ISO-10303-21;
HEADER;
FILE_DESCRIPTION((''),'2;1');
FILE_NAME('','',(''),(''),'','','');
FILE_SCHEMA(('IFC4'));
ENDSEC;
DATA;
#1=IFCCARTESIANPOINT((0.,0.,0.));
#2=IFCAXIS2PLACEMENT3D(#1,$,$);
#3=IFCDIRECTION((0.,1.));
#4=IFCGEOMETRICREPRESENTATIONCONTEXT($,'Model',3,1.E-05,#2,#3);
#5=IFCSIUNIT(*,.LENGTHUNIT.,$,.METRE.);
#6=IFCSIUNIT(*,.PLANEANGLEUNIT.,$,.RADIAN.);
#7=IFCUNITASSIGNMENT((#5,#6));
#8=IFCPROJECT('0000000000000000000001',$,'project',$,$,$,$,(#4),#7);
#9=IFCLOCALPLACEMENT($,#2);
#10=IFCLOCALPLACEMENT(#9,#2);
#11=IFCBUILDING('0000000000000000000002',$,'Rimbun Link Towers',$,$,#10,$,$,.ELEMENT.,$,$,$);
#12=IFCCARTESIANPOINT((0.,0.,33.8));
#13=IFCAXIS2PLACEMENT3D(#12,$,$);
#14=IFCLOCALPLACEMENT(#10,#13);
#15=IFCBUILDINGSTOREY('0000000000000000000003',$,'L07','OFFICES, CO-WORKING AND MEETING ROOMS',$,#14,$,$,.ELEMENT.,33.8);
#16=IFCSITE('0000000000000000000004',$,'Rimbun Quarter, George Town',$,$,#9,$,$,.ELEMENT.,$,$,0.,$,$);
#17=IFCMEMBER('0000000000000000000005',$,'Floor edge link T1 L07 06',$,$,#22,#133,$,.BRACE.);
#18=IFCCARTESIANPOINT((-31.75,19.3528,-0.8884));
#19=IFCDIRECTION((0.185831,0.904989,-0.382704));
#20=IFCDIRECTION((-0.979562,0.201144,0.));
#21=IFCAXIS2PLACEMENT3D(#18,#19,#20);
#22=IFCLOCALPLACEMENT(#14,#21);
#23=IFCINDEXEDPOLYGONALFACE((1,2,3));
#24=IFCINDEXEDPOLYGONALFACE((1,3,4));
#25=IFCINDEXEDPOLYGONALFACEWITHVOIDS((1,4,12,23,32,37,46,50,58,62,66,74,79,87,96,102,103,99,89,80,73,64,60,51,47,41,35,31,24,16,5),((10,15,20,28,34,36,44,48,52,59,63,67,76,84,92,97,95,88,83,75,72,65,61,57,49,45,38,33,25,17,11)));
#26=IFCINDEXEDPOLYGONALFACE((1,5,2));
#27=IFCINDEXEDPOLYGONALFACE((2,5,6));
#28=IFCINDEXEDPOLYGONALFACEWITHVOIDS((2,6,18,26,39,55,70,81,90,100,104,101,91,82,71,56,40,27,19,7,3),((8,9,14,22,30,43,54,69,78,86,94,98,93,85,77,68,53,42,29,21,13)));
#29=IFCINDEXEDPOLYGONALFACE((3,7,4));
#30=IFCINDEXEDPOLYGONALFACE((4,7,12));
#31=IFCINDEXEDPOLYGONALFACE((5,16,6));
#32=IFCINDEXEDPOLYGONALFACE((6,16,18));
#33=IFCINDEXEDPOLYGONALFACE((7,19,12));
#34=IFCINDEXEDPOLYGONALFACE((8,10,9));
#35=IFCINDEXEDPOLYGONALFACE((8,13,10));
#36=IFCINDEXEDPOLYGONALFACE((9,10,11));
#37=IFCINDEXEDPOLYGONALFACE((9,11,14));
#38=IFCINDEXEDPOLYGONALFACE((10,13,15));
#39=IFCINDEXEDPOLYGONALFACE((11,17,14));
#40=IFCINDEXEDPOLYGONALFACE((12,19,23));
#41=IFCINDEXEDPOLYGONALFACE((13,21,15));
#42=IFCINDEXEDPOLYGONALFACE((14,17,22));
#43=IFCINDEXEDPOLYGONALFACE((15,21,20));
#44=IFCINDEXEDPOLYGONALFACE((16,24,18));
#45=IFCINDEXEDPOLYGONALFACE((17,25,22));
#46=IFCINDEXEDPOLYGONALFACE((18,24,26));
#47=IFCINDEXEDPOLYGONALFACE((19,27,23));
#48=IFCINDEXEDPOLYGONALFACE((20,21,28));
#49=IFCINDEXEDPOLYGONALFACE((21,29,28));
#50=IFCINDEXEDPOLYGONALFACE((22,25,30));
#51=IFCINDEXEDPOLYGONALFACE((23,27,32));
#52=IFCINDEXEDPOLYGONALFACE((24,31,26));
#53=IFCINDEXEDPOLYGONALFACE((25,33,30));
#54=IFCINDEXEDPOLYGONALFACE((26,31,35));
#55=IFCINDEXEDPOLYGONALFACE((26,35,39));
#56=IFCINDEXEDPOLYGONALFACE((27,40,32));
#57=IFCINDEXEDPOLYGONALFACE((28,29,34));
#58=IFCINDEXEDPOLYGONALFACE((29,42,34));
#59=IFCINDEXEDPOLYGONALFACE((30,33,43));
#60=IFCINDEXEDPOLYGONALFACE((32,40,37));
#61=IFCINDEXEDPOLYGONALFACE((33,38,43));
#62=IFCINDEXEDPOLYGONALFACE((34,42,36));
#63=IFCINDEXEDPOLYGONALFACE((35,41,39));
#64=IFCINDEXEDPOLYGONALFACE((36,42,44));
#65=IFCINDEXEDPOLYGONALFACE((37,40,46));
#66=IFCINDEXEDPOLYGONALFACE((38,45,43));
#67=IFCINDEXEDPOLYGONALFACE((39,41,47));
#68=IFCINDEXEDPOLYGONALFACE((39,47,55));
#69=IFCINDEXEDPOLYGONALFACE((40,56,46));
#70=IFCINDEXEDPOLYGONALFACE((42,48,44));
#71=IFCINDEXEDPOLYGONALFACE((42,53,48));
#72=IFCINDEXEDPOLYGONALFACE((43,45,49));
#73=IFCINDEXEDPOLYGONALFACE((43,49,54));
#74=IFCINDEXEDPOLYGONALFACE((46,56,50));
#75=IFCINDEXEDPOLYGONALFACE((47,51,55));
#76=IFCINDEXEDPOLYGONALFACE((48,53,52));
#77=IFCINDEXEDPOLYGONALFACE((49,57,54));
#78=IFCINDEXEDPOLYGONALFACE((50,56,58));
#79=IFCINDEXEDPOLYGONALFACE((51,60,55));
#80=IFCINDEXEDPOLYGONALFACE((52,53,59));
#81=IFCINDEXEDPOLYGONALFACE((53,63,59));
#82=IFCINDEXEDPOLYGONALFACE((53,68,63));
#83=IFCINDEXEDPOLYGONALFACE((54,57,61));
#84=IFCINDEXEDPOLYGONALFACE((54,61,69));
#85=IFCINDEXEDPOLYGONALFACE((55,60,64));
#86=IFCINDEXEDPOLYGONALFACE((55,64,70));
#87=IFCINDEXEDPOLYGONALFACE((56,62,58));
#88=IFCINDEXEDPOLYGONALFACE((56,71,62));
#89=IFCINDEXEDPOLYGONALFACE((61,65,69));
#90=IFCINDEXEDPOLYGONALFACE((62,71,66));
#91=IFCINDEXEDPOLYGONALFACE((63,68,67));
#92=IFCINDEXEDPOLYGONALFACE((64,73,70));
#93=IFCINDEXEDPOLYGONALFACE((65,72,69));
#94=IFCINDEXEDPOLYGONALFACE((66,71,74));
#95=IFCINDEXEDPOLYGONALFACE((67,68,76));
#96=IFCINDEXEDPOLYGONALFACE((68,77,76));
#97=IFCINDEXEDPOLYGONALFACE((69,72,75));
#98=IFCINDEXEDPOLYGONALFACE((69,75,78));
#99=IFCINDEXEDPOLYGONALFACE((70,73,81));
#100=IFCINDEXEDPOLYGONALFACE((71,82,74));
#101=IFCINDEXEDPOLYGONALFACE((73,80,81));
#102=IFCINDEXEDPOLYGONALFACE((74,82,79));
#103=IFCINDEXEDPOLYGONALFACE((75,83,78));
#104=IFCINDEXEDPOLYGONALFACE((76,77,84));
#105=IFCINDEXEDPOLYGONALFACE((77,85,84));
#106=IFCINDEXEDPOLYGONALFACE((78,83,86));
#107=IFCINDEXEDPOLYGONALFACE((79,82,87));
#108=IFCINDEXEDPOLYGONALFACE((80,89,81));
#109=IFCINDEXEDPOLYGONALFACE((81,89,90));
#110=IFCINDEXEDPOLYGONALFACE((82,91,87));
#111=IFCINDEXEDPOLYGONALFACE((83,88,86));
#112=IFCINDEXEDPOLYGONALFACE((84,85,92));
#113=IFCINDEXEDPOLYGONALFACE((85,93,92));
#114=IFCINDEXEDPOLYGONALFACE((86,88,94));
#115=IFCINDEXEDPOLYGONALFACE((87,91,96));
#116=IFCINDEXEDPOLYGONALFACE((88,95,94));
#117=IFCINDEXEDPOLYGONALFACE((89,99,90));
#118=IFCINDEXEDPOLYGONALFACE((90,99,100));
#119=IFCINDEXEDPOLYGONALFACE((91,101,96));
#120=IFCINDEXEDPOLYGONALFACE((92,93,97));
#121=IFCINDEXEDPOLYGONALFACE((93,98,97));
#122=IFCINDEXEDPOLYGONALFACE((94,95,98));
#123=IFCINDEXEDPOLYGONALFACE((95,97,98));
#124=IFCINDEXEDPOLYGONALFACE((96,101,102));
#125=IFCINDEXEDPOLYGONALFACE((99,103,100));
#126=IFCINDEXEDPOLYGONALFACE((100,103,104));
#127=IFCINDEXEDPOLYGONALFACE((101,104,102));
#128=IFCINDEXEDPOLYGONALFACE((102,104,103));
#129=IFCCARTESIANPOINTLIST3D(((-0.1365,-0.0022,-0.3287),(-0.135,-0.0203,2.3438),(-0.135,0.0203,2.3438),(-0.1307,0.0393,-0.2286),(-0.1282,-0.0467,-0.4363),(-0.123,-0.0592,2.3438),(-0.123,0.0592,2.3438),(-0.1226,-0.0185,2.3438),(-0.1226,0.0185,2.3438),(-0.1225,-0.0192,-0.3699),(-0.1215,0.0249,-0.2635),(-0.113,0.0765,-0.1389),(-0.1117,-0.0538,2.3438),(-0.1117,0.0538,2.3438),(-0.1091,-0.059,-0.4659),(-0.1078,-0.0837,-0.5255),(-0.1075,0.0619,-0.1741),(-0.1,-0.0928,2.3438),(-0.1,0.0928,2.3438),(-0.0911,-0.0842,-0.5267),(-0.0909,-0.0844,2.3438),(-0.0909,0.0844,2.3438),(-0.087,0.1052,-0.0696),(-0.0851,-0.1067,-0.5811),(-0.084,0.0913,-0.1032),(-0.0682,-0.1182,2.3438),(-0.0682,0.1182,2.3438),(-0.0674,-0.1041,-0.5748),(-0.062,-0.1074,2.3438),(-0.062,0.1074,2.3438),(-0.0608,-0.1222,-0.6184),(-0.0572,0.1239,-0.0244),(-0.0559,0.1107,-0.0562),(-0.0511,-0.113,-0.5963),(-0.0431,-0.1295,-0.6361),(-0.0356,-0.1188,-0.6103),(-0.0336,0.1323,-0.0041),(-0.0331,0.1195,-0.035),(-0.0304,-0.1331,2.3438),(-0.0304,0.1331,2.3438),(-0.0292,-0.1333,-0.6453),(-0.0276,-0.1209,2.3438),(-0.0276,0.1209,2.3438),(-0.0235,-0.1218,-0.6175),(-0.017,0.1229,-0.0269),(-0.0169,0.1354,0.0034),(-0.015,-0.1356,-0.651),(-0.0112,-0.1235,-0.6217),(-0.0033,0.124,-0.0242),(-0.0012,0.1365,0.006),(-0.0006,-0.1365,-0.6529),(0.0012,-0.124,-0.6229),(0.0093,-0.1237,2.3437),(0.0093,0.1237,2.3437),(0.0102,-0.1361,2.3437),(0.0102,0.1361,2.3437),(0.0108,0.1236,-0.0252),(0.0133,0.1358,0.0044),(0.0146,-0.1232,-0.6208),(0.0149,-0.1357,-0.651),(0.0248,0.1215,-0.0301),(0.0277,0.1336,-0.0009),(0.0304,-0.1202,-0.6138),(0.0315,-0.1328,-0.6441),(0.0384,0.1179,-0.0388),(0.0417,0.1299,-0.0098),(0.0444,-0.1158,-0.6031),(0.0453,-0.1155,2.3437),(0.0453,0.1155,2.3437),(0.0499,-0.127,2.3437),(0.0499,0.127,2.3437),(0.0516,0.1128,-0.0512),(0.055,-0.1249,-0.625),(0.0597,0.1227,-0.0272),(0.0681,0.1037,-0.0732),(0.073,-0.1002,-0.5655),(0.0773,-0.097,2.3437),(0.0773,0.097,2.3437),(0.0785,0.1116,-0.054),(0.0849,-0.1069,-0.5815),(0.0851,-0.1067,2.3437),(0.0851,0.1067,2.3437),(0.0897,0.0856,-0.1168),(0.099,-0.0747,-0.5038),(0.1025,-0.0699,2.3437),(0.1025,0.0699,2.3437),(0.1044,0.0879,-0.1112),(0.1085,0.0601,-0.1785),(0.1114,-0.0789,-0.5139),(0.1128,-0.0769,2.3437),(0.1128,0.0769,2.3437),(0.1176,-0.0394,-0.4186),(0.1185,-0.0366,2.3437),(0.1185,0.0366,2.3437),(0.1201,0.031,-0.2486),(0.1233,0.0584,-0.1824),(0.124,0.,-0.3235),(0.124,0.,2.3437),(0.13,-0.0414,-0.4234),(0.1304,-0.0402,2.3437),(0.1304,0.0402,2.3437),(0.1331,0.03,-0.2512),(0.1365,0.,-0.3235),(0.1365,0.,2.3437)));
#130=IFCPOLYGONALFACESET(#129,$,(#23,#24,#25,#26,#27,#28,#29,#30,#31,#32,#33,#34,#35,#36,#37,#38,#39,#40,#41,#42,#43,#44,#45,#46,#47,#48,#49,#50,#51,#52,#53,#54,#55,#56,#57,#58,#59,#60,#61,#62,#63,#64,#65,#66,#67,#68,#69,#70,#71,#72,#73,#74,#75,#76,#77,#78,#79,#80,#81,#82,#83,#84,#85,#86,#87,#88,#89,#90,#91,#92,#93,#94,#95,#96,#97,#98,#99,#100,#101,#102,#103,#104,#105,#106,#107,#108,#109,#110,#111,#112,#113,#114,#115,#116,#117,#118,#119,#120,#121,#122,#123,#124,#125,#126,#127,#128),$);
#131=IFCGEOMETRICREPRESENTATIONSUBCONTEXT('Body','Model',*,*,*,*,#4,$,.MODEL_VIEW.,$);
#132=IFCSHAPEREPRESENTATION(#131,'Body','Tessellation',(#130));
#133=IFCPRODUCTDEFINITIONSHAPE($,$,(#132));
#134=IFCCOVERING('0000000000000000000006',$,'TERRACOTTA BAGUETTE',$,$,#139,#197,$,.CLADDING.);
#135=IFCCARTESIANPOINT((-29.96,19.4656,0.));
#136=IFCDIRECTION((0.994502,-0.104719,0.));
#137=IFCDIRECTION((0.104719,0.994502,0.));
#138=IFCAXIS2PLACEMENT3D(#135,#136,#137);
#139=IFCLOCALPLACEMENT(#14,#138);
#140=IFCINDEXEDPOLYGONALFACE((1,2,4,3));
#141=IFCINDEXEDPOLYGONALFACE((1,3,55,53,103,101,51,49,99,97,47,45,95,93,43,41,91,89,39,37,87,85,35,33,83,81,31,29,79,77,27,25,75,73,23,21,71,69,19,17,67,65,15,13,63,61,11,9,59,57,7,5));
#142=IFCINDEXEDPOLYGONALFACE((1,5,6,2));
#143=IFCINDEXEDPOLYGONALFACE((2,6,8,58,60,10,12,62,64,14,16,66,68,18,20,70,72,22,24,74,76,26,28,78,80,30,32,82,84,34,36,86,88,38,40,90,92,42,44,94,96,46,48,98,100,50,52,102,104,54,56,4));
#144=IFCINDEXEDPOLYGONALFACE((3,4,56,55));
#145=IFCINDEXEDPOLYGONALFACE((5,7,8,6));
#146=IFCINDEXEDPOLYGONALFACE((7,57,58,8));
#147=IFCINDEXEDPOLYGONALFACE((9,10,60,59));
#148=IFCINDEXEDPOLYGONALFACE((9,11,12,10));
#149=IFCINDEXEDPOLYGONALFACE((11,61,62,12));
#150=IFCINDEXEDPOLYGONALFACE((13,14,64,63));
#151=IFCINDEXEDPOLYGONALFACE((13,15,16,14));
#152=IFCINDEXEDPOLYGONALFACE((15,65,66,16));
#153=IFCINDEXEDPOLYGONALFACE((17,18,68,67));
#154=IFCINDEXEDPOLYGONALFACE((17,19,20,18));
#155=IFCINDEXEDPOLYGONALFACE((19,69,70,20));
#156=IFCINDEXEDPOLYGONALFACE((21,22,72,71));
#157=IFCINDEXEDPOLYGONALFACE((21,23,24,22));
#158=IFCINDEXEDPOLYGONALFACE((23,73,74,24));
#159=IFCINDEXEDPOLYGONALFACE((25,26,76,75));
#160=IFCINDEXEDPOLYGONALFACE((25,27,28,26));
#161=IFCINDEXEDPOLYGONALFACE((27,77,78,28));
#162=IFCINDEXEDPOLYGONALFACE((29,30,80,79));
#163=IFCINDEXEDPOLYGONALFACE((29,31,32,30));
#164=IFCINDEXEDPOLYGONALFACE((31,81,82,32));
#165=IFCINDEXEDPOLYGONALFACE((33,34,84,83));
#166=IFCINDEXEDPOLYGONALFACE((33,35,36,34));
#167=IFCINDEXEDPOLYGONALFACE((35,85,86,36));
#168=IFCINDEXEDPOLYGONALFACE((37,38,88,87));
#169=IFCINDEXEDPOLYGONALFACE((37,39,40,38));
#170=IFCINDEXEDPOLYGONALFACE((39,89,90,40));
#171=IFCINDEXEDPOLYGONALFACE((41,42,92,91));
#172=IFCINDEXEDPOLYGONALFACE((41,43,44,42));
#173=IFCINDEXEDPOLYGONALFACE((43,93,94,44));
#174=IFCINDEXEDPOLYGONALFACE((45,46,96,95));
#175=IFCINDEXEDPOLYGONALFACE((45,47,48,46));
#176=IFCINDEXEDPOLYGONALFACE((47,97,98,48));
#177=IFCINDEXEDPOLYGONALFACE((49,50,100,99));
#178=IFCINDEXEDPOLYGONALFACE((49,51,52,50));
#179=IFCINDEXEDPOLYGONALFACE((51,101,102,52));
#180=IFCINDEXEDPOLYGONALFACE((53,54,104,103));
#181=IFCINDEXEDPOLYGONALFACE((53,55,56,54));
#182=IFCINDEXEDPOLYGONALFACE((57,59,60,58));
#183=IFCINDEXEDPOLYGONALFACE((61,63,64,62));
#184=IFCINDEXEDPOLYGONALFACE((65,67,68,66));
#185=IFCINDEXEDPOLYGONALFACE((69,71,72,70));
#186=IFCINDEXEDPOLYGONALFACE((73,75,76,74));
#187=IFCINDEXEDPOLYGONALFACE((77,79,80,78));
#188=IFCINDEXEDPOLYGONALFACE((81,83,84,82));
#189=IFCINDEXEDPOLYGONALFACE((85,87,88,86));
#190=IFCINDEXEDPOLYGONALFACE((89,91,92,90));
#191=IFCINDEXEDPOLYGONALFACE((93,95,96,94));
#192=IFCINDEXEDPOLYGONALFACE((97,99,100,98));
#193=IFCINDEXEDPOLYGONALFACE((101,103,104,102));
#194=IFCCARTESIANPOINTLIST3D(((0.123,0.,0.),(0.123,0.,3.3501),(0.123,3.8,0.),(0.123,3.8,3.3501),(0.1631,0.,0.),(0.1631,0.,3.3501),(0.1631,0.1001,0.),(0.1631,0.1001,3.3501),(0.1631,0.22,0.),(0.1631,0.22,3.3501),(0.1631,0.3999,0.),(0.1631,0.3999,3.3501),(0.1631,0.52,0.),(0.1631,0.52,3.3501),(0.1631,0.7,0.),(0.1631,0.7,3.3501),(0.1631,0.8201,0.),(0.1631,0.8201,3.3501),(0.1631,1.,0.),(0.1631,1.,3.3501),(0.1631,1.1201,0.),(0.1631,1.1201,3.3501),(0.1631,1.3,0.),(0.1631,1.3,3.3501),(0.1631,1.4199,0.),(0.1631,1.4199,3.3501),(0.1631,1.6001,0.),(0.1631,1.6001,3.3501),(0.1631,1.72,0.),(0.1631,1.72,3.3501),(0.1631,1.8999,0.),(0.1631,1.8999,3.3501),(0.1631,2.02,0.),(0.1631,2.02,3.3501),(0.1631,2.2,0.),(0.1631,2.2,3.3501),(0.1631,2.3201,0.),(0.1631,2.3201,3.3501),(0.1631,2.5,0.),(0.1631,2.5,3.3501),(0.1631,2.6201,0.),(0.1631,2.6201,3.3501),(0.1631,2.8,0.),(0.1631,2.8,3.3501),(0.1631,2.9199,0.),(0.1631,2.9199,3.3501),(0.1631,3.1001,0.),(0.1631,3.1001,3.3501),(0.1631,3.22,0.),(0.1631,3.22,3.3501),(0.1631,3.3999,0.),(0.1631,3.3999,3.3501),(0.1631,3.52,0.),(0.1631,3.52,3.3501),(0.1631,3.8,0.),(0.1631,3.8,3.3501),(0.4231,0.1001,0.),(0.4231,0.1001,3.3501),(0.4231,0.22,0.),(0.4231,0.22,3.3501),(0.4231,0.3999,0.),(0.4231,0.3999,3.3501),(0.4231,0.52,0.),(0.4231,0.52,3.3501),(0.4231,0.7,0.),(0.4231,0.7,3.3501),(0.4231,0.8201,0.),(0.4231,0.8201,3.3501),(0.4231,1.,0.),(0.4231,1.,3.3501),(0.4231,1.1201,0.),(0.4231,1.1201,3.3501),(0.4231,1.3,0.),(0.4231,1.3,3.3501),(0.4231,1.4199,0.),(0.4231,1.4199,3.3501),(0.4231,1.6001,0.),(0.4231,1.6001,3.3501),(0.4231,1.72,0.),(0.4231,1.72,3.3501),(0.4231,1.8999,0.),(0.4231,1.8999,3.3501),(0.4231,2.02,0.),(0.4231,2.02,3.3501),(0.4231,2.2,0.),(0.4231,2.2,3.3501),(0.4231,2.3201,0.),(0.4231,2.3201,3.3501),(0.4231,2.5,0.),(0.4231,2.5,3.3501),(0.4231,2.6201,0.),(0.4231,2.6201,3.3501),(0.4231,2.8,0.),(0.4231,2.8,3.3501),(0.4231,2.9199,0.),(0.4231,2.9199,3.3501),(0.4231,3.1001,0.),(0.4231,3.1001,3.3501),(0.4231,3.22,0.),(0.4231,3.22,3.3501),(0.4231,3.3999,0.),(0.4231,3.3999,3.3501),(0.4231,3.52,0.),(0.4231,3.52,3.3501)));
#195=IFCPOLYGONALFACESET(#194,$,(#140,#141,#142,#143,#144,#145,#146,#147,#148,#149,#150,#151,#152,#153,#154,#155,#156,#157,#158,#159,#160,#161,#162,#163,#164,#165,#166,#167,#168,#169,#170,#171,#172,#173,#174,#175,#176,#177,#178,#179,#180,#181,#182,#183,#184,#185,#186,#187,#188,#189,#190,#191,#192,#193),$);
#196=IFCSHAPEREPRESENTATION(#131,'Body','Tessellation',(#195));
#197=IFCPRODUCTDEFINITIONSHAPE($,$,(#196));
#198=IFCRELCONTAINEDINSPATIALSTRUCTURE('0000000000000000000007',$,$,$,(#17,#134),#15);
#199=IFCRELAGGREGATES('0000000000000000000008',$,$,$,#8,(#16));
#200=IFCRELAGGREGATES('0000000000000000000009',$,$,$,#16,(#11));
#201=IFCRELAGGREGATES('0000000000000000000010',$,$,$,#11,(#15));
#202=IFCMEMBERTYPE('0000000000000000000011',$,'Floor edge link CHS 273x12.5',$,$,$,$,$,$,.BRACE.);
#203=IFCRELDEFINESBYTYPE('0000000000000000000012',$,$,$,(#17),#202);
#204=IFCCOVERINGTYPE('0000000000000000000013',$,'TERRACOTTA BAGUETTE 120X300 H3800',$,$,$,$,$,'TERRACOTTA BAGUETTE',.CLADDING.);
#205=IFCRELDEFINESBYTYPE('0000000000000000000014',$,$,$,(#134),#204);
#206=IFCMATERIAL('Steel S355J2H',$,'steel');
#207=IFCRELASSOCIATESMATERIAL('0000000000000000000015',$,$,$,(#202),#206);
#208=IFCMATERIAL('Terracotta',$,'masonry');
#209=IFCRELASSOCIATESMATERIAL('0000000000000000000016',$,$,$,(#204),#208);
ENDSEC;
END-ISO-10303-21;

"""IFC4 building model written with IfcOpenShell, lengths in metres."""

from ifc_helpers import new_model, si_unit, direction, frame, origin, origin_2d, place, context, subcontext, project, spatial, polyline, hollow_circle, outline, extrude, clip, halfspace, material, material_profile, profile_set, type_object, element, save


model = new_model("IFC4")

# Units and contexts
model_context = context("Model", 3, precision=1e-05, world=origin(), true_north=direction((0.0, 1.0)))
body_context = subcontext(model_context, "Body", "Model", "MODEL_VIEW")
ifc_project = project(units=[si_unit("LENGTHUNIT", "METRE"), si_unit("PLANEANGLEUNIT", "RADIAN")], contexts=[model_context])

# Site, building, storey
site_placement = place(None, origin())
site = spatial("IfcSite", under=ifc_project, at=site_placement, Name="Rimbun Quarter, George Town", CompositionType="ELEMENT", RefElevation=0.0)
building_placement = place(site_placement, origin())
building = spatial("IfcBuilding", under=site, at=building_placement, Name="Rimbun Link Towers", CompositionType="ELEMENT")
storey_placement = place(building_placement, frame((0.0, 0.0, 33.8)))
storey = spatial("IfcBuildingStorey", under=building, at=storey_placement, Name="L07", Description="OFFICES, CO-WORKING AND MEETING ROOMS", CompositionType="ELEMENT", Elevation=33.8)

# Member
ifc_material_1 = material(Name="Steel S355J2H", Category="steel")
ifc_material_profile_1 = material_profile(ifc_material_1, hollow_circle(Radius=0.1365, WallThickness=0.0125, at=origin_2d()), Name="CHS 273x12.5")
ifc_profile_set_1 = profile_set([ifc_material_profile_1], Name="Steel S355J2H")
member_type_1 = type_object("IfcMemberType", Name="Floor edge link CHS 273x12.5", PredefinedType="BRACE", material=ifc_profile_set_1)
member_1_placement = place(storey_placement, frame((-31.75, 19.3528, -0.8884), z_axis=(0.185831, 0.904989, -0.382704), x_axis=(-0.979562, 0.201144, 0.0)))
element("IfcMember", 1, at=member_1_placement, inside=storey, type_object=member_type_1, Name="Floor edge link T1 L07 06", PredefinedType="BRACE", context=body_context, shape_type="Clipping", body=[
    clip(extrude(hollow_circle(Radius=0.1365, WallThickness=0.0125, at=origin_2d()), frame((0.0, 0.0, -0.6853)), (0.0, 0.0, 1.0), 3.0291), halfspace(frame((0.0, 0.0, -0.3235), z_axis=(0.0, 0.923871, -0.382704)), False)),
])

# Covering
ifc_material_2 = material(Name="Terracotta", Category="masonry")
ifc_material_profile_2 = material_profile(ifc_material_2, outline(polyline([(0.123, 0.0), (0.1631, 0.0), (0.1631, 0.1001), (0.4231, 0.1001), (0.4231, 0.22), (0.1631, 0.22), (0.1631, 0.3999), (0.4231, 0.3999), (0.4231, 0.52), (0.1631, 0.52), (0.1631, 0.7), (0.4231, 0.7), (0.4231, 0.8201), (0.1631, 0.8201), (0.1631, 1.0), (0.4231, 1.0), (0.4231, 1.1201), (0.1631, 1.1201), (0.1631, 1.3), (0.4231, 1.3), (0.4231, 1.4199), (0.1631, 1.4199), (0.1631, 1.6001), (0.4231, 1.6001), (0.4231, 1.72), (0.1631, 1.72), (0.1631, 1.8999), (0.4231, 1.8999), (0.4231, 2.02), (0.1631, 2.02), (0.1631, 2.2), (0.4231, 2.2), (0.4231, 2.3201), (0.1631, 2.3201), (0.1631, 2.5), (0.4231, 2.5), (0.4231, 2.6201), (0.1631, 2.6201), (0.1631, 2.8), (0.4231, 2.8), (0.4231, 2.9199), (0.1631, 2.9199), (0.1631, 3.1001), (0.4231, 3.1001), (0.4231, 3.22), (0.1631, 3.22), (0.1631, 3.3999), (0.4231, 3.3999), (0.4231, 3.52), (0.1631, 3.52), (0.1631, 3.8), (0.123, 3.8), (0.123, 0.0)])), Name="BAGUETTE 120X300")
ifc_profile_set_2 = profile_set([ifc_material_profile_2], Name="Terracotta")
covering_type = type_object("IfcCoveringType", Name="TERRACOTTA BAGUETTE 120X300 H3800", ElementType="TERRACOTTA BAGUETTE", PredefinedType="CLADDING", material=ifc_profile_set_2)
covering_1_placement = place(storey_placement, frame((-29.96, 19.4656, 0.0), z_axis=(0.994502, -0.104719, 0.0), x_axis=(0.104719, 0.994502, 0.0)))
element("IfcCovering", 2, at=covering_1_placement, inside=storey, type_object=covering_type, Name="TERRACOTTA BAGUETTE", PredefinedType="CLADDING", context=body_context, shape_type="SweptSolid", body=[
    extrude(outline(polyline([(0.123, 0.0), (0.1631, 0.0), (0.1631, 0.1001), (0.4231, 0.1001), (0.4231, 0.22), (0.1631, 0.22), (0.1631, 0.3999), (0.4231, 0.3999), (0.4231, 0.52), (0.1631, 0.52), (0.1631, 0.7), (0.4231, 0.7), (0.4231, 0.8201), (0.1631, 0.8201), (0.1631, 1.0), (0.4231, 1.0), (0.4231, 1.1201), (0.1631, 1.1201), (0.1631, 1.3), (0.4231, 1.3), (0.4231, 1.4199), (0.1631, 1.4199), (0.1631, 1.6001), (0.4231, 1.6001), (0.4231, 1.72), (0.1631, 1.72), (0.1631, 1.8999), (0.4231, 1.8999), (0.4231, 2.02), (0.1631, 2.02), (0.1631, 2.2), (0.4231, 2.2), (0.4231, 2.3201), (0.1631, 2.3201), (0.1631, 2.5), (0.4231, 2.5), (0.4231, 2.6201), (0.1631, 2.6201), (0.1631, 2.8), (0.4231, 2.8), (0.4231, 2.9199), (0.1631, 2.9199), (0.1631, 3.1001), (0.4231, 3.1001), (0.4231, 3.22), (0.1631, 3.22), (0.1631, 3.3999), (0.4231, 3.3999), (0.4231, 3.52), (0.1631, 3.52), (0.1631, 3.8), (0.123, 3.8), (0.123, 0.0)])), origin(), (0.0, 0.0, 1.0), 3.3501),
])

save(model, "model.ifc")
